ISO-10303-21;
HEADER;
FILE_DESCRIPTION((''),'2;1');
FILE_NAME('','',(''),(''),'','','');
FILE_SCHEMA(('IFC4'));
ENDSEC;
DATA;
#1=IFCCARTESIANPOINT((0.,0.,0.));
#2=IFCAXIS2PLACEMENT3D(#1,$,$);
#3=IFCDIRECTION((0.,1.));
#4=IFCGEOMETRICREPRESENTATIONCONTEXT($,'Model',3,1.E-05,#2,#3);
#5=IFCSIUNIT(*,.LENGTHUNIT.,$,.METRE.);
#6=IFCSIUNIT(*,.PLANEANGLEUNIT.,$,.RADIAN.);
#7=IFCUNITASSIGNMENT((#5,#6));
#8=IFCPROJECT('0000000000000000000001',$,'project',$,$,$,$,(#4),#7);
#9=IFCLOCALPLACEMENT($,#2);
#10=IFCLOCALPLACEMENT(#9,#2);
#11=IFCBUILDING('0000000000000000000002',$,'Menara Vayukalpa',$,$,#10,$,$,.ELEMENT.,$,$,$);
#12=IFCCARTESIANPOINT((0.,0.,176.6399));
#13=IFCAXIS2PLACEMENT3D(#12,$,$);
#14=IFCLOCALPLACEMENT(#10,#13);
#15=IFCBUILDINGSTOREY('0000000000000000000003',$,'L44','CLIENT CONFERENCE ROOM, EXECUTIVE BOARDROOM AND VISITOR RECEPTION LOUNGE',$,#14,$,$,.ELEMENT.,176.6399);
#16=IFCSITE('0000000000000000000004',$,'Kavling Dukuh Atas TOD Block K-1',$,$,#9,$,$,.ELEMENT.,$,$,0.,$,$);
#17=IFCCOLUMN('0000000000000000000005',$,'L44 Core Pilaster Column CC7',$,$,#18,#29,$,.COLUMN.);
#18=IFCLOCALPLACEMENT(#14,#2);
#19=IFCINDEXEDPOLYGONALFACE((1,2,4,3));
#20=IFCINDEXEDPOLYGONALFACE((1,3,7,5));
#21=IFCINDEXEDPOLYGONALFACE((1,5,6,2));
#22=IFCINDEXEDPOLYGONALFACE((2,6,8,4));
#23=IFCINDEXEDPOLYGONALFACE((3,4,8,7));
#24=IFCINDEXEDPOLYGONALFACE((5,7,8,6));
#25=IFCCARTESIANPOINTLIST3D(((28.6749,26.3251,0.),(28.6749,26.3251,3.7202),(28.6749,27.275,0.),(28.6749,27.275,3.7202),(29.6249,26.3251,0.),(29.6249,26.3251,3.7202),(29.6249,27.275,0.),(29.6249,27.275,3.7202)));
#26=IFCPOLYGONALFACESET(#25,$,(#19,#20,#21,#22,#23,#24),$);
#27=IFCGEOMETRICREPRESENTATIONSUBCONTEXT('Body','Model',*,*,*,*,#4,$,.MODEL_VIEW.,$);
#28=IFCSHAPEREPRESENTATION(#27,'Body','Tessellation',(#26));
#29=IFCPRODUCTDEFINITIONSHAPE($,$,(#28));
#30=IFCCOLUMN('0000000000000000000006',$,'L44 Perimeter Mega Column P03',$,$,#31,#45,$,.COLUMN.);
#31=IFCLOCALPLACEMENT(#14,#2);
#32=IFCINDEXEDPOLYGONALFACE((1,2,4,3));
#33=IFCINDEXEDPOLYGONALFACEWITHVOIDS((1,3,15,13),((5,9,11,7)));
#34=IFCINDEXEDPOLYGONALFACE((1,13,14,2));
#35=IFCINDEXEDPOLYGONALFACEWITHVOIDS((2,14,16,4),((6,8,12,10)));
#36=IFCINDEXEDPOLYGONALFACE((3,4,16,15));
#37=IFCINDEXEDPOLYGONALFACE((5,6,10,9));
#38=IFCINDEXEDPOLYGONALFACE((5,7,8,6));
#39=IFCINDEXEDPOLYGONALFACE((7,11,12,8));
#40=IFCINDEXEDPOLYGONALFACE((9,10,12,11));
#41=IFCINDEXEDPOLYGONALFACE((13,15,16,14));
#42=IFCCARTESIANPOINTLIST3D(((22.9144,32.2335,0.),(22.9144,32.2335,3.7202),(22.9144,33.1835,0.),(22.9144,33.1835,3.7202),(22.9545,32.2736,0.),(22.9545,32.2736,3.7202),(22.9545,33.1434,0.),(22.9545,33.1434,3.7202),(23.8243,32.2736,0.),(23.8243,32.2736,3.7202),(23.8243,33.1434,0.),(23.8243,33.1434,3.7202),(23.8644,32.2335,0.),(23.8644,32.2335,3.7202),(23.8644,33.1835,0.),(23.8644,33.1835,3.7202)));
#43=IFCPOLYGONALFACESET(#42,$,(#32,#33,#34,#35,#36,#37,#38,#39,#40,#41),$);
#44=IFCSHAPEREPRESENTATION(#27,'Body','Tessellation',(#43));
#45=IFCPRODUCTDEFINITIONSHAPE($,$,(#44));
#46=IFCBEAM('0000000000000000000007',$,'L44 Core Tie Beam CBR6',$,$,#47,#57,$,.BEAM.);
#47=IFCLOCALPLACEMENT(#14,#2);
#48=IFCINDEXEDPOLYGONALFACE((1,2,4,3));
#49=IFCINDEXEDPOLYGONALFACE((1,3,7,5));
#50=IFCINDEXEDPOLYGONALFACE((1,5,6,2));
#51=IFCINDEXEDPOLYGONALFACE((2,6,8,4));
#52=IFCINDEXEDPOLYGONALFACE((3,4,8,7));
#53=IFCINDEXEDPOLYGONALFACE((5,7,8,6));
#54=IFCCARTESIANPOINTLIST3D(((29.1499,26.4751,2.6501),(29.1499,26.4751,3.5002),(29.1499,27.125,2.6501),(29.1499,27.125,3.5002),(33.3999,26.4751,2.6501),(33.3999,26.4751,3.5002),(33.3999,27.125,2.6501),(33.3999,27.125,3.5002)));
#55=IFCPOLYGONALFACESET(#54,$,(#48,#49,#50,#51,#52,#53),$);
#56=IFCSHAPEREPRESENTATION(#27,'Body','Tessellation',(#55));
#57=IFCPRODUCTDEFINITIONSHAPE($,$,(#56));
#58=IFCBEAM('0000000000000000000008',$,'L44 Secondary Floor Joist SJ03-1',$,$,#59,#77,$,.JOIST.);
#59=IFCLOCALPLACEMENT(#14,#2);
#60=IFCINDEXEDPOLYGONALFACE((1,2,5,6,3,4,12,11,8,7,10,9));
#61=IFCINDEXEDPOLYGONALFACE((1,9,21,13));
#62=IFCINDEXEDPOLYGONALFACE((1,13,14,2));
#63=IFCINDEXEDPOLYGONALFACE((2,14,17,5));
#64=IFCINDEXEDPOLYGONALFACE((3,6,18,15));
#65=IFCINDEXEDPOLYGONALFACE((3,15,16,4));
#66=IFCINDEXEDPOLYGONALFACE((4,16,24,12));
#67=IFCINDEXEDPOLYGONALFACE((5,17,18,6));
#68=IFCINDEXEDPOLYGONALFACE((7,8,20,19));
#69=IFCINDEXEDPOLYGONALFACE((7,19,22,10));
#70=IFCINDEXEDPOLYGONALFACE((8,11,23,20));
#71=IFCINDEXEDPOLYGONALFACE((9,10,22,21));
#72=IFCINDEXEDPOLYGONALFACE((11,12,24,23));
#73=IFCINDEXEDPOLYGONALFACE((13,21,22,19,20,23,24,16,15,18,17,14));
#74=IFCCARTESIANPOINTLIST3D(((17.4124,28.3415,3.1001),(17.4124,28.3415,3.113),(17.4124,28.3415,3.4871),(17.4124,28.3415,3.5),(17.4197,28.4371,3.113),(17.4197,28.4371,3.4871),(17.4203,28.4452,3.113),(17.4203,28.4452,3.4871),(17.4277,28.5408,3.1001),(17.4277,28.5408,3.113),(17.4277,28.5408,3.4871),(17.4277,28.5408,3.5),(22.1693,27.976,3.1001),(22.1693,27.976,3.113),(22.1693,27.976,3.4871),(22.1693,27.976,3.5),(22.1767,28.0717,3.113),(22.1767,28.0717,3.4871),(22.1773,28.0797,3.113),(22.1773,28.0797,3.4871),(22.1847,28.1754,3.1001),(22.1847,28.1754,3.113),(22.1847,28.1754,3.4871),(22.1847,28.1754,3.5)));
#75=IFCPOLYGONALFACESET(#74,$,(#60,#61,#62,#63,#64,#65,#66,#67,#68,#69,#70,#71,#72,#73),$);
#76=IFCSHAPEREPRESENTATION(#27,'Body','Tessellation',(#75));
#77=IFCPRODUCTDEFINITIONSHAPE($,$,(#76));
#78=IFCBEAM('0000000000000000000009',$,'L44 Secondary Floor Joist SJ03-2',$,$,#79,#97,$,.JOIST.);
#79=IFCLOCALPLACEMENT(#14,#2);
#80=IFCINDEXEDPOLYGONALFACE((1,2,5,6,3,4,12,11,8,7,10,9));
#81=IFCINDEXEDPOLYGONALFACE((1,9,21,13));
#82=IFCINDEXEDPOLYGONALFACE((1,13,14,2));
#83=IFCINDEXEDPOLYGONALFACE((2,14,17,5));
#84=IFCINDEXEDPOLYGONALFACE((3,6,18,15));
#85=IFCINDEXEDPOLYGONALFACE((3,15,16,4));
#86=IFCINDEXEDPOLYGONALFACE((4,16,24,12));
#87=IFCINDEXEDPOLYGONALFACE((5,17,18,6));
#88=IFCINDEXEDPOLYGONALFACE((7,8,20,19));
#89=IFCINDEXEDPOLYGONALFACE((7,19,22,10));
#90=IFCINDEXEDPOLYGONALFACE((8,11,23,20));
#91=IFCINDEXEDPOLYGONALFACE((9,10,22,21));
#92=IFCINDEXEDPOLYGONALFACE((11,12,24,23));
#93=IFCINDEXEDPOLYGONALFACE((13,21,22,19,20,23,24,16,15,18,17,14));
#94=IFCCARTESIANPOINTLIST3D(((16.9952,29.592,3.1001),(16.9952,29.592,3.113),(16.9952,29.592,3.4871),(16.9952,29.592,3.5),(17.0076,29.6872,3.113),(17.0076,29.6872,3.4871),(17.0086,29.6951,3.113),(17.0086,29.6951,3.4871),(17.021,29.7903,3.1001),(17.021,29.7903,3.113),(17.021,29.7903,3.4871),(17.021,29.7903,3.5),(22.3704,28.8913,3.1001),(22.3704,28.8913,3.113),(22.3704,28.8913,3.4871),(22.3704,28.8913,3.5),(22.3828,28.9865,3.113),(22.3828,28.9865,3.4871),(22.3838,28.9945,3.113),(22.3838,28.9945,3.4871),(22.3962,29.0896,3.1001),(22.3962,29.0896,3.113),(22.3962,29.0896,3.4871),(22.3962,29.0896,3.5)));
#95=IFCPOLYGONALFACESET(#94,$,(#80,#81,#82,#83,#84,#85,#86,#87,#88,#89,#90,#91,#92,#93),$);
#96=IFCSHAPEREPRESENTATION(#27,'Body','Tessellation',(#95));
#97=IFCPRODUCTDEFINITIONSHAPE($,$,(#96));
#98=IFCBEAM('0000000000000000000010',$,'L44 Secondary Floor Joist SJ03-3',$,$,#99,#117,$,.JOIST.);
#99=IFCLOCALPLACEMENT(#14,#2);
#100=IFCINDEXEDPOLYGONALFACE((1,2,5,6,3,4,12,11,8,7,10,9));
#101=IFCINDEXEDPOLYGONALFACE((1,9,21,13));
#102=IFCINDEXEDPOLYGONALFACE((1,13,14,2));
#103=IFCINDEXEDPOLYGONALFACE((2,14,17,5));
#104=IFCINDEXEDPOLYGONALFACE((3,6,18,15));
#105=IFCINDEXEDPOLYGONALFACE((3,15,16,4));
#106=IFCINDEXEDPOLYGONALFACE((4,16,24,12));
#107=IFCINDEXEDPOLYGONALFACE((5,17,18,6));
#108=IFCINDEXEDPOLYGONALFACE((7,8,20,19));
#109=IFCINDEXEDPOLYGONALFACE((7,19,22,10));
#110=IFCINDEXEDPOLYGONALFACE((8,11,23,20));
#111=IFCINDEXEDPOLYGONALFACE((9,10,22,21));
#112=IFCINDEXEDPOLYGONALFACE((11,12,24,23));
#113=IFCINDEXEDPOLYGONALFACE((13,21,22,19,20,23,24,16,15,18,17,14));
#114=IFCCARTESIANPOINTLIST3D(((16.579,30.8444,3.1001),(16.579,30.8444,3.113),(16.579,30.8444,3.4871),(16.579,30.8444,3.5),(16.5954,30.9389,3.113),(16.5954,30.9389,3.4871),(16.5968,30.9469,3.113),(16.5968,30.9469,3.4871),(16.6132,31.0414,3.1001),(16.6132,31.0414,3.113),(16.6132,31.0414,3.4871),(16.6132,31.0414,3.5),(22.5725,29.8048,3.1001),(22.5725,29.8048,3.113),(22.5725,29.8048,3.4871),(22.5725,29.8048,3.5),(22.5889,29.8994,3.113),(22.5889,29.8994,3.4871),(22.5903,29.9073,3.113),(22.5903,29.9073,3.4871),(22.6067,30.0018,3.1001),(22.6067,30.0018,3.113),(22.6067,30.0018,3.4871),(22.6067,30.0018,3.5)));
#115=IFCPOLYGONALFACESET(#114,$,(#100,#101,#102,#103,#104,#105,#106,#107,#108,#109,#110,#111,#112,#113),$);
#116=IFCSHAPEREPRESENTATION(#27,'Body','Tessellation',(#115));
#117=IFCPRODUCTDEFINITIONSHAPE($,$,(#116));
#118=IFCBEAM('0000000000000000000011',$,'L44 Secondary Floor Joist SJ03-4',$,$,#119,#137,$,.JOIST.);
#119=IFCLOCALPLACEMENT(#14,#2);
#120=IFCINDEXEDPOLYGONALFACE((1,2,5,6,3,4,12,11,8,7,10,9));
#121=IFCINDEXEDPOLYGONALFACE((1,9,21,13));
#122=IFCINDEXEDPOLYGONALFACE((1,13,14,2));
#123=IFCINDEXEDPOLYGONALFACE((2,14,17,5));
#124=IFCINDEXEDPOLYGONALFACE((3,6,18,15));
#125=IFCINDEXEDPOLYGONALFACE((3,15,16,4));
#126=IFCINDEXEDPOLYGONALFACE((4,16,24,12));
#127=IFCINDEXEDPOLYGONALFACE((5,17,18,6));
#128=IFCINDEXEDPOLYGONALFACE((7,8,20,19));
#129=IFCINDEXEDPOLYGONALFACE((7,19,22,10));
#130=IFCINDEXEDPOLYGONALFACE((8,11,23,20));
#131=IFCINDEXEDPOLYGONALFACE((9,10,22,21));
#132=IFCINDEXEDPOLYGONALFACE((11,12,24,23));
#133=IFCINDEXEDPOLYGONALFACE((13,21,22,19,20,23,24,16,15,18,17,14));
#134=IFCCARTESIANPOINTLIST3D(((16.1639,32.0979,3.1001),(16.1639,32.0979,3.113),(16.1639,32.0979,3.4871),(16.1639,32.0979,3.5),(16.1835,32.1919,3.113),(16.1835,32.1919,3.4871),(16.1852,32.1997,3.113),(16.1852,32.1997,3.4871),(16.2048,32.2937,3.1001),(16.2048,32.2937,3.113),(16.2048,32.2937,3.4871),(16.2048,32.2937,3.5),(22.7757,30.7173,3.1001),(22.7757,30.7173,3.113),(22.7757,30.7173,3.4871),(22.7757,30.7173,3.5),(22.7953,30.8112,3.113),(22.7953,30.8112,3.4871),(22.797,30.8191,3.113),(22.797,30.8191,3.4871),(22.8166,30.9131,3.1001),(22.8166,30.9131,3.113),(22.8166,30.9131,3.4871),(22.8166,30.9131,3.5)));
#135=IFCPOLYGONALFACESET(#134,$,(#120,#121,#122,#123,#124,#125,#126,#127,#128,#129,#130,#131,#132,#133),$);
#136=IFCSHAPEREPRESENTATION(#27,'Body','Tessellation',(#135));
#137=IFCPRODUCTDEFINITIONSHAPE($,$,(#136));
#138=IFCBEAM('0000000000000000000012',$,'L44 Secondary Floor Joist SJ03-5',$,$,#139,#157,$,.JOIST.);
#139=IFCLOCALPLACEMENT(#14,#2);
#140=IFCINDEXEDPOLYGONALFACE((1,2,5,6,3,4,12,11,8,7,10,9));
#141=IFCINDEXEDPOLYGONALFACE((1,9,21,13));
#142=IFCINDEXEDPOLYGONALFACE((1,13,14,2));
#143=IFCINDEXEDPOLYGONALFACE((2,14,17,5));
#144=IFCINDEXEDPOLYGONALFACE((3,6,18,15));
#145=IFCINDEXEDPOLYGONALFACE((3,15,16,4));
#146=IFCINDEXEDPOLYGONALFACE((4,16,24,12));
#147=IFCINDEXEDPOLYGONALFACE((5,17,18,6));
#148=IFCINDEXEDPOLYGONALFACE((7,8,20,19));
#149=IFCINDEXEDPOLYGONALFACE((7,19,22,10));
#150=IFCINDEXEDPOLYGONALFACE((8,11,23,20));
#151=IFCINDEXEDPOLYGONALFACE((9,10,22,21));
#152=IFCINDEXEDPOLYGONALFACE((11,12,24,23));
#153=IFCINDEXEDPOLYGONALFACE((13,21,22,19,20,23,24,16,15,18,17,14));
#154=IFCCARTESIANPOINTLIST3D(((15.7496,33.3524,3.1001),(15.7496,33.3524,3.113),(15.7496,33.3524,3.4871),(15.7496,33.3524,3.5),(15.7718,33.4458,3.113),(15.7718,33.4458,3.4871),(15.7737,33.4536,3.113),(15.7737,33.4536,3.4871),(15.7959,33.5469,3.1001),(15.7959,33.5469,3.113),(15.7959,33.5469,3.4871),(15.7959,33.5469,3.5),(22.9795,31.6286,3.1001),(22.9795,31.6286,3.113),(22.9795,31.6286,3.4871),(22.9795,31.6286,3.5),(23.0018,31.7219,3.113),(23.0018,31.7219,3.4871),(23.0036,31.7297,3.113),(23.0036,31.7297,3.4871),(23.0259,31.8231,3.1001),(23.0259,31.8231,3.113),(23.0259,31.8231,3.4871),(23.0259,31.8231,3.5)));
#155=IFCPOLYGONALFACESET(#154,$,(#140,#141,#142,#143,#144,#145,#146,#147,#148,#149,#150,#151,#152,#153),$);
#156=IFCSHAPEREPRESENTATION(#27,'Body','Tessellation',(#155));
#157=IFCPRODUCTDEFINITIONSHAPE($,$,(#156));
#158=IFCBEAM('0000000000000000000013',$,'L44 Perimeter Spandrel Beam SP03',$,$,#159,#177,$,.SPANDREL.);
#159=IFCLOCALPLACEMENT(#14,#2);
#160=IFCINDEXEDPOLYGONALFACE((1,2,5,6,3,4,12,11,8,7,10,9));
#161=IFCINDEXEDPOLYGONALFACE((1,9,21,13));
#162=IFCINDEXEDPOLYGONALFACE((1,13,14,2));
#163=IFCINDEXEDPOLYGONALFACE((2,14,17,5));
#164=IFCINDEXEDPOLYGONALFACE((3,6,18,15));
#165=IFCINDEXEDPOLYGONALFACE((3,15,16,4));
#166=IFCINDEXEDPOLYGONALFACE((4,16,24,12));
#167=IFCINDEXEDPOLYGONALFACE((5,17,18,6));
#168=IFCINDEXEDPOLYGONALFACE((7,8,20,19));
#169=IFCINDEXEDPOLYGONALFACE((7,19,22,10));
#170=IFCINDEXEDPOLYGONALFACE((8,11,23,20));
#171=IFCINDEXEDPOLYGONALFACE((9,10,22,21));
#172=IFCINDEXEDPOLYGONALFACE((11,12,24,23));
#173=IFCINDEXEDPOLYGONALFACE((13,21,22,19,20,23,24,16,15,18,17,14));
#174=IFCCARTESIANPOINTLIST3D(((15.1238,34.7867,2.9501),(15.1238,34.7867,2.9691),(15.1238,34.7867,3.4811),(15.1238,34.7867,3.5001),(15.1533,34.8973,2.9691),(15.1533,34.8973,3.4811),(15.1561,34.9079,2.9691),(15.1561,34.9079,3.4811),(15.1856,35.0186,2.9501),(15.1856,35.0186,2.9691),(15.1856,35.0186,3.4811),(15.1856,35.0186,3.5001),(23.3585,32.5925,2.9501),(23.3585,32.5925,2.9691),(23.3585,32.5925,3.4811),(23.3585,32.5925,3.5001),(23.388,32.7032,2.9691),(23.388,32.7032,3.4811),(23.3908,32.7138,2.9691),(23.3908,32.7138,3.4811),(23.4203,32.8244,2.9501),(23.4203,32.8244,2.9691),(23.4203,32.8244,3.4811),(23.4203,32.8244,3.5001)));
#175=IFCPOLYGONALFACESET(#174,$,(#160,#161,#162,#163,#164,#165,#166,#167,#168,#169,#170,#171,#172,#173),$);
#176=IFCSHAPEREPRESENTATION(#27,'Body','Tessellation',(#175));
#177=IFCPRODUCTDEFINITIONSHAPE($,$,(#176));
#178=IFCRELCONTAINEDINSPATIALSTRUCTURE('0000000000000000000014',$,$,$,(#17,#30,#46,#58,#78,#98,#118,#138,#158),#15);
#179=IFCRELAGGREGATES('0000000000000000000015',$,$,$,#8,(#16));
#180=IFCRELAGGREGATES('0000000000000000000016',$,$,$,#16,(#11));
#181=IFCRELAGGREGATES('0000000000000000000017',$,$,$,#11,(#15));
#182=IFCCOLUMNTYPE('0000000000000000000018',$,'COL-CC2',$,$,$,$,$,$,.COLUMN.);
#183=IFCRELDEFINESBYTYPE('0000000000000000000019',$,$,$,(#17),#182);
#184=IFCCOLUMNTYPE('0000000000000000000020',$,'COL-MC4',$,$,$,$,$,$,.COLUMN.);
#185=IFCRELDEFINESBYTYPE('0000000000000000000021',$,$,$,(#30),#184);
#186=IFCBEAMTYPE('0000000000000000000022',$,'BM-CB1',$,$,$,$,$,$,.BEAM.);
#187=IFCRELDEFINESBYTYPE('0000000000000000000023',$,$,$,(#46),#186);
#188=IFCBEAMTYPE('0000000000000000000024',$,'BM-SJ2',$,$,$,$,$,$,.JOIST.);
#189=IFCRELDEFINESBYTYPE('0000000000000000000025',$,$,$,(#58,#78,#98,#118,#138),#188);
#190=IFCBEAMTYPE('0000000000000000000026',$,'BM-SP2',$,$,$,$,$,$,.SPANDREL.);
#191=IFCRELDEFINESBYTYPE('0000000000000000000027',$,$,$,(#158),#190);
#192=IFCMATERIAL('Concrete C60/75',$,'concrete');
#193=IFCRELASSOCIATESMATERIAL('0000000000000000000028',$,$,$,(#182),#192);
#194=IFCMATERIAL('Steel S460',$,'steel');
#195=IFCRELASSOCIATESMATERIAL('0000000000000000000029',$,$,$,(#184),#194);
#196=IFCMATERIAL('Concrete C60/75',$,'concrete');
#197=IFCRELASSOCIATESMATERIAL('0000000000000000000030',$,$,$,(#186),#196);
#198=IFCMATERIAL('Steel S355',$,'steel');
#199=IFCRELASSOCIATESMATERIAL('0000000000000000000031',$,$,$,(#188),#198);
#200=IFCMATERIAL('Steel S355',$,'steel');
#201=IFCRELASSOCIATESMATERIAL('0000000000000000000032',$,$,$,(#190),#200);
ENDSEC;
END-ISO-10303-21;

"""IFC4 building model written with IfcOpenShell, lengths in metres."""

from ifc_helpers import new_model, si_unit, direction, frame, origin, origin_2d, place, context, subcontext, project, spatial, rectangle, hollow_rectangle, i_section, extrude, material, material_profile, profile_set, type_object, element, save


model = new_model("IFC4")

# Units and contexts
model_context = context("Model", 3, precision=1e-05, world=origin(), true_north=direction((0.0, 1.0)))
body_context = subcontext(model_context, "Body", "Model", "MODEL_VIEW")
ifc_project = project(units=[si_unit("LENGTHUNIT", "METRE"), si_unit("PLANEANGLEUNIT", "RADIAN")], contexts=[model_context])

# Site, building, storey
site_placement = place(None, origin())
site = spatial("IfcSite", under=ifc_project, at=site_placement, Name="Kavling Dukuh Atas TOD Block K-1", CompositionType="ELEMENT", RefElevation=0.0)
building_placement = place(site_placement, origin())
building = spatial("IfcBuilding", under=site, at=building_placement, Name="Menara Vayukalpa", CompositionType="ELEMENT")
storey_placement = place(building_placement, frame((0.0, 0.0, 176.6399)))
storey = spatial("IfcBuildingStorey", under=building, at=storey_placement, Name="L44", Description="CLIENT CONFERENCE ROOM, EXECUTIVE BOARDROOM AND VISITOR RECEPTION LOUNGE", CompositionType="ELEMENT", Elevation=176.6399)

# Columns
ifc_material_1 = material(Name="Concrete C60/75", Category="concrete")
ifc_material_profile_1 = material_profile(ifc_material_1, rectangle(XDim=0.95, YDim=0.95, at=origin_2d()), Name="RC 950x950")
ifc_profile_set_1 = profile_set([ifc_material_profile_1], Name="Concrete C60/75")
column_type_1 = type_object("IfcColumnType", Name="COL-CC2", PredefinedType="COLUMN", material=ifc_profile_set_1)
column_1_placement = place(storey_placement, frame((29.1499, 26.8, 0.0), z_axis=(0.0, 0.0, 1.0), x_axis=(1.0, 0.0, 0.0)))
element("IfcColumn", 1, at=column_1_placement, inside=storey, type_object=column_type_1, Name="L44 Core Pilaster Column CC7", PredefinedType="COLUMN", context=body_context, shape_type="SweptSolid", body=[
    extrude(rectangle(XDim=0.95, YDim=0.95, at=origin_2d()), origin(), (0.0, 0.0, 1.0), 3.7202),
])
ifc_material_2 = material(Name="Steel S460", Category="steel")
ifc_material_profile_2 = material_profile(ifc_material_2, hollow_rectangle(XDim=0.95, YDim=0.95, WallThickness=0.04, at=origin_2d()), Name="BOX 950x950x40")
ifc_profile_set_2 = profile_set([ifc_material_profile_2], Name="Steel S460")
column_type_2 = type_object("IfcColumnType", Name="COL-MC4", PredefinedType="COLUMN", material=ifc_profile_set_2)
column_2_placement = place(storey_placement, frame((23.3894, 32.7085, 0.0), z_axis=(0.0, 0.0, 1.0), x_axis=(1.0, 0.0, 0.0)))
element("IfcColumn", 2, at=column_2_placement, inside=storey, type_object=column_type_2, Name="L44 Perimeter Mega Column P03", PredefinedType="COLUMN", context=body_context, shape_type="SweptSolid", body=[
    extrude(hollow_rectangle(XDim=0.95, YDim=0.95, WallThickness=0.04, at=origin_2d()), origin(), (0.0, 0.0, 1.0), 3.7202),
])

# Beams
ifc_material_3 = material(Name="Concrete C60/75", Category="concrete")
ifc_material_profile_3 = material_profile(ifc_material_3, rectangle(XDim=0.6499, YDim=0.8501, at=origin_2d()), Name="RC 650x850")
ifc_profile_set_3 = profile_set([ifc_material_profile_3], Name="Concrete C60/75")
beam_type_1 = type_object("IfcBeamType", Name="BM-CB1", PredefinedType="BEAM", material=ifc_profile_set_3)
beam_1_placement = place(storey_placement, frame((29.1499, 26.8, 3.0752), z_axis=(1.0, 0.0, 0.0), x_axis=(0.0, 1.0, 0.0)))
element("IfcBeam", 3, at=beam_1_placement, inside=storey, type_object=beam_type_1, Name="L44 Core Tie Beam CBR6", PredefinedType="BEAM", context=body_context, shape_type="SweptSolid", body=[
    extrude(rectangle(XDim=0.6499, YDim=0.8501, at=origin_2d()), origin(), (0.0, 0.0, 1.0), 4.25),
])
ifc_material_4 = material(Name="Steel S355", Category="steel")
ifc_material_profile_4 = material_profile(ifc_material_4, i_section(OverallWidth=0.2, OverallDepth=0.3999, WebThickness=0.0081, FlangeThickness=0.0129, at=origin_2d()), Name="WF 400x200x8x13")
ifc_profile_set_4 = profile_set([ifc_material_profile_4], Name="Steel S355")
beam_type_2 = type_object("IfcBeamType", Name="BM-SJ2", PredefinedType="JOIST", material=ifc_profile_set_4)
beam_2_placement = place(storey_placement, frame((22.177, 28.0757, 3.3), z_axis=(-0.997062, 0.076603, 0.0), x_axis=(-0.076603, -0.997062, 0.0)))
element("IfcBeam", 4, at=beam_2_placement, inside=storey, type_object=beam_type_2, Name="L44 Secondary Floor Joist SJ03-1", PredefinedType="JOIST", context=body_context, shape_type="SweptSolid", body=[
    extrude(i_section(OverallWidth=0.2, OverallDepth=0.3999, WebThickness=0.0081, FlangeThickness=0.0129, at=origin_2d()), origin(), (0.0, 0.0, 1.0), 4.771),
])
beam_3_placement = place(storey_placement, frame((22.3833, 28.9905, 3.3), z_axis=(-0.991611, 0.12926, 0.0), x_axis=(-0.12926, -0.991611, 0.0)))
element("IfcBeam", 5, at=beam_3_placement, inside=storey, type_object=beam_type_2, Name="L44 Secondary Floor Joist SJ03-2", PredefinedType="JOIST", context=body_context, shape_type="SweptSolid", body=[
    extrude(i_section(OverallWidth=0.2, OverallDepth=0.3999, WebThickness=0.0081, FlangeThickness=0.0129, at=origin_2d()), origin(), (0.0, 0.0, 1.0), 5.4207),
])
beam_4_placement = place(storey_placement, frame((22.5896, 29.9033, 3.3), z_axis=(-0.985289, 0.170897, 0.0), x_axis=(-0.170897, -0.985289, 0.0)))
element("IfcBeam", 6, at=beam_4_placement, inside=storey, type_object=beam_type_2, Name="L44 Secondary Floor Joist SJ03-3", PredefinedType="JOIST", context=body_context, shape_type="SweptSolid", body=[
    extrude(i_section(OverallWidth=0.2, OverallDepth=0.3999, WebThickness=0.0081, FlangeThickness=0.0129, at=origin_2d()), origin(), (0.0, 0.0, 1.0), 6.083),
])
beam_5_placement = place(storey_placement, frame((22.7961, 30.8152, 3.3), z_axis=(-0.978887, 0.204402, 0.0), x_axis=(-0.204402, -0.978887, 0.0)))
element("IfcBeam", 7, at=beam_5_placement, inside=storey, type_object=beam_type_2, Name="L44 Secondary Floor Joist SJ03-4", PredefinedType="JOIST", context=body_context, shape_type="SweptSolid", body=[
    extrude(i_section(OverallWidth=0.2, OverallDepth=0.3999, WebThickness=0.0081, FlangeThickness=0.0129, at=origin_2d()), origin(), (0.0, 0.0, 1.0), 6.7544),
])
beam_6_placement = place(storey_placement, frame((23.0027, 31.7258, 3.3), z_axis=(-0.972732, 0.231933, 0.0), x_axis=(-0.231933, -0.972732, 0.0)))
element("IfcBeam", 8, at=beam_6_placement, inside=storey, type_object=beam_type_2, Name="L44 Secondary Floor Joist SJ03-5", PredefinedType="JOIST", context=body_context, shape_type="SweptSolid", body=[
    extrude(i_section(OverallWidth=0.2, OverallDepth=0.3999, WebThickness=0.0081, FlangeThickness=0.0129, at=origin_2d()), origin(), (0.0, 0.0, 1.0), 7.4326),
])
ifc_material_5 = material(Name="Steel S355", Category="steel")
ifc_material_profile_5 = material_profile(ifc_material_5, i_section(OverallWidth=0.24, OverallDepth=0.55, WebThickness=0.011, FlangeThickness=0.019, at=origin_2d()), Name="WF 550x240x11x19")
ifc_profile_set_5 = profile_set([ifc_material_profile_5], Name="Steel S355")
beam_type_3 = type_object("IfcBeamType", Name="BM-SP2", PredefinedType="SPANDREL", material=ifc_profile_set_5)
beam_7_placement = place(storey_placement, frame((23.3894, 32.7085, 3.2251), z_axis=(-0.966288, 0.257465, 0.0), x_axis=(-0.257465, -0.966288, 0.0)))
element("IfcBeam", 9, at=beam_7_placement, inside=storey, type_object=beam_type_3, Name="L44 Perimeter Spandrel Beam SP03", PredefinedType="SPANDREL", context=body_context, shape_type="SweptSolid", body=[
    extrude(i_section(OverallWidth=0.24, OverallDepth=0.55, WebThickness=0.011, FlangeThickness=0.019, at=origin_2d()), origin(), (0.0, 0.0, 1.0), 8.522),
])

save(model, "model.ifc")
